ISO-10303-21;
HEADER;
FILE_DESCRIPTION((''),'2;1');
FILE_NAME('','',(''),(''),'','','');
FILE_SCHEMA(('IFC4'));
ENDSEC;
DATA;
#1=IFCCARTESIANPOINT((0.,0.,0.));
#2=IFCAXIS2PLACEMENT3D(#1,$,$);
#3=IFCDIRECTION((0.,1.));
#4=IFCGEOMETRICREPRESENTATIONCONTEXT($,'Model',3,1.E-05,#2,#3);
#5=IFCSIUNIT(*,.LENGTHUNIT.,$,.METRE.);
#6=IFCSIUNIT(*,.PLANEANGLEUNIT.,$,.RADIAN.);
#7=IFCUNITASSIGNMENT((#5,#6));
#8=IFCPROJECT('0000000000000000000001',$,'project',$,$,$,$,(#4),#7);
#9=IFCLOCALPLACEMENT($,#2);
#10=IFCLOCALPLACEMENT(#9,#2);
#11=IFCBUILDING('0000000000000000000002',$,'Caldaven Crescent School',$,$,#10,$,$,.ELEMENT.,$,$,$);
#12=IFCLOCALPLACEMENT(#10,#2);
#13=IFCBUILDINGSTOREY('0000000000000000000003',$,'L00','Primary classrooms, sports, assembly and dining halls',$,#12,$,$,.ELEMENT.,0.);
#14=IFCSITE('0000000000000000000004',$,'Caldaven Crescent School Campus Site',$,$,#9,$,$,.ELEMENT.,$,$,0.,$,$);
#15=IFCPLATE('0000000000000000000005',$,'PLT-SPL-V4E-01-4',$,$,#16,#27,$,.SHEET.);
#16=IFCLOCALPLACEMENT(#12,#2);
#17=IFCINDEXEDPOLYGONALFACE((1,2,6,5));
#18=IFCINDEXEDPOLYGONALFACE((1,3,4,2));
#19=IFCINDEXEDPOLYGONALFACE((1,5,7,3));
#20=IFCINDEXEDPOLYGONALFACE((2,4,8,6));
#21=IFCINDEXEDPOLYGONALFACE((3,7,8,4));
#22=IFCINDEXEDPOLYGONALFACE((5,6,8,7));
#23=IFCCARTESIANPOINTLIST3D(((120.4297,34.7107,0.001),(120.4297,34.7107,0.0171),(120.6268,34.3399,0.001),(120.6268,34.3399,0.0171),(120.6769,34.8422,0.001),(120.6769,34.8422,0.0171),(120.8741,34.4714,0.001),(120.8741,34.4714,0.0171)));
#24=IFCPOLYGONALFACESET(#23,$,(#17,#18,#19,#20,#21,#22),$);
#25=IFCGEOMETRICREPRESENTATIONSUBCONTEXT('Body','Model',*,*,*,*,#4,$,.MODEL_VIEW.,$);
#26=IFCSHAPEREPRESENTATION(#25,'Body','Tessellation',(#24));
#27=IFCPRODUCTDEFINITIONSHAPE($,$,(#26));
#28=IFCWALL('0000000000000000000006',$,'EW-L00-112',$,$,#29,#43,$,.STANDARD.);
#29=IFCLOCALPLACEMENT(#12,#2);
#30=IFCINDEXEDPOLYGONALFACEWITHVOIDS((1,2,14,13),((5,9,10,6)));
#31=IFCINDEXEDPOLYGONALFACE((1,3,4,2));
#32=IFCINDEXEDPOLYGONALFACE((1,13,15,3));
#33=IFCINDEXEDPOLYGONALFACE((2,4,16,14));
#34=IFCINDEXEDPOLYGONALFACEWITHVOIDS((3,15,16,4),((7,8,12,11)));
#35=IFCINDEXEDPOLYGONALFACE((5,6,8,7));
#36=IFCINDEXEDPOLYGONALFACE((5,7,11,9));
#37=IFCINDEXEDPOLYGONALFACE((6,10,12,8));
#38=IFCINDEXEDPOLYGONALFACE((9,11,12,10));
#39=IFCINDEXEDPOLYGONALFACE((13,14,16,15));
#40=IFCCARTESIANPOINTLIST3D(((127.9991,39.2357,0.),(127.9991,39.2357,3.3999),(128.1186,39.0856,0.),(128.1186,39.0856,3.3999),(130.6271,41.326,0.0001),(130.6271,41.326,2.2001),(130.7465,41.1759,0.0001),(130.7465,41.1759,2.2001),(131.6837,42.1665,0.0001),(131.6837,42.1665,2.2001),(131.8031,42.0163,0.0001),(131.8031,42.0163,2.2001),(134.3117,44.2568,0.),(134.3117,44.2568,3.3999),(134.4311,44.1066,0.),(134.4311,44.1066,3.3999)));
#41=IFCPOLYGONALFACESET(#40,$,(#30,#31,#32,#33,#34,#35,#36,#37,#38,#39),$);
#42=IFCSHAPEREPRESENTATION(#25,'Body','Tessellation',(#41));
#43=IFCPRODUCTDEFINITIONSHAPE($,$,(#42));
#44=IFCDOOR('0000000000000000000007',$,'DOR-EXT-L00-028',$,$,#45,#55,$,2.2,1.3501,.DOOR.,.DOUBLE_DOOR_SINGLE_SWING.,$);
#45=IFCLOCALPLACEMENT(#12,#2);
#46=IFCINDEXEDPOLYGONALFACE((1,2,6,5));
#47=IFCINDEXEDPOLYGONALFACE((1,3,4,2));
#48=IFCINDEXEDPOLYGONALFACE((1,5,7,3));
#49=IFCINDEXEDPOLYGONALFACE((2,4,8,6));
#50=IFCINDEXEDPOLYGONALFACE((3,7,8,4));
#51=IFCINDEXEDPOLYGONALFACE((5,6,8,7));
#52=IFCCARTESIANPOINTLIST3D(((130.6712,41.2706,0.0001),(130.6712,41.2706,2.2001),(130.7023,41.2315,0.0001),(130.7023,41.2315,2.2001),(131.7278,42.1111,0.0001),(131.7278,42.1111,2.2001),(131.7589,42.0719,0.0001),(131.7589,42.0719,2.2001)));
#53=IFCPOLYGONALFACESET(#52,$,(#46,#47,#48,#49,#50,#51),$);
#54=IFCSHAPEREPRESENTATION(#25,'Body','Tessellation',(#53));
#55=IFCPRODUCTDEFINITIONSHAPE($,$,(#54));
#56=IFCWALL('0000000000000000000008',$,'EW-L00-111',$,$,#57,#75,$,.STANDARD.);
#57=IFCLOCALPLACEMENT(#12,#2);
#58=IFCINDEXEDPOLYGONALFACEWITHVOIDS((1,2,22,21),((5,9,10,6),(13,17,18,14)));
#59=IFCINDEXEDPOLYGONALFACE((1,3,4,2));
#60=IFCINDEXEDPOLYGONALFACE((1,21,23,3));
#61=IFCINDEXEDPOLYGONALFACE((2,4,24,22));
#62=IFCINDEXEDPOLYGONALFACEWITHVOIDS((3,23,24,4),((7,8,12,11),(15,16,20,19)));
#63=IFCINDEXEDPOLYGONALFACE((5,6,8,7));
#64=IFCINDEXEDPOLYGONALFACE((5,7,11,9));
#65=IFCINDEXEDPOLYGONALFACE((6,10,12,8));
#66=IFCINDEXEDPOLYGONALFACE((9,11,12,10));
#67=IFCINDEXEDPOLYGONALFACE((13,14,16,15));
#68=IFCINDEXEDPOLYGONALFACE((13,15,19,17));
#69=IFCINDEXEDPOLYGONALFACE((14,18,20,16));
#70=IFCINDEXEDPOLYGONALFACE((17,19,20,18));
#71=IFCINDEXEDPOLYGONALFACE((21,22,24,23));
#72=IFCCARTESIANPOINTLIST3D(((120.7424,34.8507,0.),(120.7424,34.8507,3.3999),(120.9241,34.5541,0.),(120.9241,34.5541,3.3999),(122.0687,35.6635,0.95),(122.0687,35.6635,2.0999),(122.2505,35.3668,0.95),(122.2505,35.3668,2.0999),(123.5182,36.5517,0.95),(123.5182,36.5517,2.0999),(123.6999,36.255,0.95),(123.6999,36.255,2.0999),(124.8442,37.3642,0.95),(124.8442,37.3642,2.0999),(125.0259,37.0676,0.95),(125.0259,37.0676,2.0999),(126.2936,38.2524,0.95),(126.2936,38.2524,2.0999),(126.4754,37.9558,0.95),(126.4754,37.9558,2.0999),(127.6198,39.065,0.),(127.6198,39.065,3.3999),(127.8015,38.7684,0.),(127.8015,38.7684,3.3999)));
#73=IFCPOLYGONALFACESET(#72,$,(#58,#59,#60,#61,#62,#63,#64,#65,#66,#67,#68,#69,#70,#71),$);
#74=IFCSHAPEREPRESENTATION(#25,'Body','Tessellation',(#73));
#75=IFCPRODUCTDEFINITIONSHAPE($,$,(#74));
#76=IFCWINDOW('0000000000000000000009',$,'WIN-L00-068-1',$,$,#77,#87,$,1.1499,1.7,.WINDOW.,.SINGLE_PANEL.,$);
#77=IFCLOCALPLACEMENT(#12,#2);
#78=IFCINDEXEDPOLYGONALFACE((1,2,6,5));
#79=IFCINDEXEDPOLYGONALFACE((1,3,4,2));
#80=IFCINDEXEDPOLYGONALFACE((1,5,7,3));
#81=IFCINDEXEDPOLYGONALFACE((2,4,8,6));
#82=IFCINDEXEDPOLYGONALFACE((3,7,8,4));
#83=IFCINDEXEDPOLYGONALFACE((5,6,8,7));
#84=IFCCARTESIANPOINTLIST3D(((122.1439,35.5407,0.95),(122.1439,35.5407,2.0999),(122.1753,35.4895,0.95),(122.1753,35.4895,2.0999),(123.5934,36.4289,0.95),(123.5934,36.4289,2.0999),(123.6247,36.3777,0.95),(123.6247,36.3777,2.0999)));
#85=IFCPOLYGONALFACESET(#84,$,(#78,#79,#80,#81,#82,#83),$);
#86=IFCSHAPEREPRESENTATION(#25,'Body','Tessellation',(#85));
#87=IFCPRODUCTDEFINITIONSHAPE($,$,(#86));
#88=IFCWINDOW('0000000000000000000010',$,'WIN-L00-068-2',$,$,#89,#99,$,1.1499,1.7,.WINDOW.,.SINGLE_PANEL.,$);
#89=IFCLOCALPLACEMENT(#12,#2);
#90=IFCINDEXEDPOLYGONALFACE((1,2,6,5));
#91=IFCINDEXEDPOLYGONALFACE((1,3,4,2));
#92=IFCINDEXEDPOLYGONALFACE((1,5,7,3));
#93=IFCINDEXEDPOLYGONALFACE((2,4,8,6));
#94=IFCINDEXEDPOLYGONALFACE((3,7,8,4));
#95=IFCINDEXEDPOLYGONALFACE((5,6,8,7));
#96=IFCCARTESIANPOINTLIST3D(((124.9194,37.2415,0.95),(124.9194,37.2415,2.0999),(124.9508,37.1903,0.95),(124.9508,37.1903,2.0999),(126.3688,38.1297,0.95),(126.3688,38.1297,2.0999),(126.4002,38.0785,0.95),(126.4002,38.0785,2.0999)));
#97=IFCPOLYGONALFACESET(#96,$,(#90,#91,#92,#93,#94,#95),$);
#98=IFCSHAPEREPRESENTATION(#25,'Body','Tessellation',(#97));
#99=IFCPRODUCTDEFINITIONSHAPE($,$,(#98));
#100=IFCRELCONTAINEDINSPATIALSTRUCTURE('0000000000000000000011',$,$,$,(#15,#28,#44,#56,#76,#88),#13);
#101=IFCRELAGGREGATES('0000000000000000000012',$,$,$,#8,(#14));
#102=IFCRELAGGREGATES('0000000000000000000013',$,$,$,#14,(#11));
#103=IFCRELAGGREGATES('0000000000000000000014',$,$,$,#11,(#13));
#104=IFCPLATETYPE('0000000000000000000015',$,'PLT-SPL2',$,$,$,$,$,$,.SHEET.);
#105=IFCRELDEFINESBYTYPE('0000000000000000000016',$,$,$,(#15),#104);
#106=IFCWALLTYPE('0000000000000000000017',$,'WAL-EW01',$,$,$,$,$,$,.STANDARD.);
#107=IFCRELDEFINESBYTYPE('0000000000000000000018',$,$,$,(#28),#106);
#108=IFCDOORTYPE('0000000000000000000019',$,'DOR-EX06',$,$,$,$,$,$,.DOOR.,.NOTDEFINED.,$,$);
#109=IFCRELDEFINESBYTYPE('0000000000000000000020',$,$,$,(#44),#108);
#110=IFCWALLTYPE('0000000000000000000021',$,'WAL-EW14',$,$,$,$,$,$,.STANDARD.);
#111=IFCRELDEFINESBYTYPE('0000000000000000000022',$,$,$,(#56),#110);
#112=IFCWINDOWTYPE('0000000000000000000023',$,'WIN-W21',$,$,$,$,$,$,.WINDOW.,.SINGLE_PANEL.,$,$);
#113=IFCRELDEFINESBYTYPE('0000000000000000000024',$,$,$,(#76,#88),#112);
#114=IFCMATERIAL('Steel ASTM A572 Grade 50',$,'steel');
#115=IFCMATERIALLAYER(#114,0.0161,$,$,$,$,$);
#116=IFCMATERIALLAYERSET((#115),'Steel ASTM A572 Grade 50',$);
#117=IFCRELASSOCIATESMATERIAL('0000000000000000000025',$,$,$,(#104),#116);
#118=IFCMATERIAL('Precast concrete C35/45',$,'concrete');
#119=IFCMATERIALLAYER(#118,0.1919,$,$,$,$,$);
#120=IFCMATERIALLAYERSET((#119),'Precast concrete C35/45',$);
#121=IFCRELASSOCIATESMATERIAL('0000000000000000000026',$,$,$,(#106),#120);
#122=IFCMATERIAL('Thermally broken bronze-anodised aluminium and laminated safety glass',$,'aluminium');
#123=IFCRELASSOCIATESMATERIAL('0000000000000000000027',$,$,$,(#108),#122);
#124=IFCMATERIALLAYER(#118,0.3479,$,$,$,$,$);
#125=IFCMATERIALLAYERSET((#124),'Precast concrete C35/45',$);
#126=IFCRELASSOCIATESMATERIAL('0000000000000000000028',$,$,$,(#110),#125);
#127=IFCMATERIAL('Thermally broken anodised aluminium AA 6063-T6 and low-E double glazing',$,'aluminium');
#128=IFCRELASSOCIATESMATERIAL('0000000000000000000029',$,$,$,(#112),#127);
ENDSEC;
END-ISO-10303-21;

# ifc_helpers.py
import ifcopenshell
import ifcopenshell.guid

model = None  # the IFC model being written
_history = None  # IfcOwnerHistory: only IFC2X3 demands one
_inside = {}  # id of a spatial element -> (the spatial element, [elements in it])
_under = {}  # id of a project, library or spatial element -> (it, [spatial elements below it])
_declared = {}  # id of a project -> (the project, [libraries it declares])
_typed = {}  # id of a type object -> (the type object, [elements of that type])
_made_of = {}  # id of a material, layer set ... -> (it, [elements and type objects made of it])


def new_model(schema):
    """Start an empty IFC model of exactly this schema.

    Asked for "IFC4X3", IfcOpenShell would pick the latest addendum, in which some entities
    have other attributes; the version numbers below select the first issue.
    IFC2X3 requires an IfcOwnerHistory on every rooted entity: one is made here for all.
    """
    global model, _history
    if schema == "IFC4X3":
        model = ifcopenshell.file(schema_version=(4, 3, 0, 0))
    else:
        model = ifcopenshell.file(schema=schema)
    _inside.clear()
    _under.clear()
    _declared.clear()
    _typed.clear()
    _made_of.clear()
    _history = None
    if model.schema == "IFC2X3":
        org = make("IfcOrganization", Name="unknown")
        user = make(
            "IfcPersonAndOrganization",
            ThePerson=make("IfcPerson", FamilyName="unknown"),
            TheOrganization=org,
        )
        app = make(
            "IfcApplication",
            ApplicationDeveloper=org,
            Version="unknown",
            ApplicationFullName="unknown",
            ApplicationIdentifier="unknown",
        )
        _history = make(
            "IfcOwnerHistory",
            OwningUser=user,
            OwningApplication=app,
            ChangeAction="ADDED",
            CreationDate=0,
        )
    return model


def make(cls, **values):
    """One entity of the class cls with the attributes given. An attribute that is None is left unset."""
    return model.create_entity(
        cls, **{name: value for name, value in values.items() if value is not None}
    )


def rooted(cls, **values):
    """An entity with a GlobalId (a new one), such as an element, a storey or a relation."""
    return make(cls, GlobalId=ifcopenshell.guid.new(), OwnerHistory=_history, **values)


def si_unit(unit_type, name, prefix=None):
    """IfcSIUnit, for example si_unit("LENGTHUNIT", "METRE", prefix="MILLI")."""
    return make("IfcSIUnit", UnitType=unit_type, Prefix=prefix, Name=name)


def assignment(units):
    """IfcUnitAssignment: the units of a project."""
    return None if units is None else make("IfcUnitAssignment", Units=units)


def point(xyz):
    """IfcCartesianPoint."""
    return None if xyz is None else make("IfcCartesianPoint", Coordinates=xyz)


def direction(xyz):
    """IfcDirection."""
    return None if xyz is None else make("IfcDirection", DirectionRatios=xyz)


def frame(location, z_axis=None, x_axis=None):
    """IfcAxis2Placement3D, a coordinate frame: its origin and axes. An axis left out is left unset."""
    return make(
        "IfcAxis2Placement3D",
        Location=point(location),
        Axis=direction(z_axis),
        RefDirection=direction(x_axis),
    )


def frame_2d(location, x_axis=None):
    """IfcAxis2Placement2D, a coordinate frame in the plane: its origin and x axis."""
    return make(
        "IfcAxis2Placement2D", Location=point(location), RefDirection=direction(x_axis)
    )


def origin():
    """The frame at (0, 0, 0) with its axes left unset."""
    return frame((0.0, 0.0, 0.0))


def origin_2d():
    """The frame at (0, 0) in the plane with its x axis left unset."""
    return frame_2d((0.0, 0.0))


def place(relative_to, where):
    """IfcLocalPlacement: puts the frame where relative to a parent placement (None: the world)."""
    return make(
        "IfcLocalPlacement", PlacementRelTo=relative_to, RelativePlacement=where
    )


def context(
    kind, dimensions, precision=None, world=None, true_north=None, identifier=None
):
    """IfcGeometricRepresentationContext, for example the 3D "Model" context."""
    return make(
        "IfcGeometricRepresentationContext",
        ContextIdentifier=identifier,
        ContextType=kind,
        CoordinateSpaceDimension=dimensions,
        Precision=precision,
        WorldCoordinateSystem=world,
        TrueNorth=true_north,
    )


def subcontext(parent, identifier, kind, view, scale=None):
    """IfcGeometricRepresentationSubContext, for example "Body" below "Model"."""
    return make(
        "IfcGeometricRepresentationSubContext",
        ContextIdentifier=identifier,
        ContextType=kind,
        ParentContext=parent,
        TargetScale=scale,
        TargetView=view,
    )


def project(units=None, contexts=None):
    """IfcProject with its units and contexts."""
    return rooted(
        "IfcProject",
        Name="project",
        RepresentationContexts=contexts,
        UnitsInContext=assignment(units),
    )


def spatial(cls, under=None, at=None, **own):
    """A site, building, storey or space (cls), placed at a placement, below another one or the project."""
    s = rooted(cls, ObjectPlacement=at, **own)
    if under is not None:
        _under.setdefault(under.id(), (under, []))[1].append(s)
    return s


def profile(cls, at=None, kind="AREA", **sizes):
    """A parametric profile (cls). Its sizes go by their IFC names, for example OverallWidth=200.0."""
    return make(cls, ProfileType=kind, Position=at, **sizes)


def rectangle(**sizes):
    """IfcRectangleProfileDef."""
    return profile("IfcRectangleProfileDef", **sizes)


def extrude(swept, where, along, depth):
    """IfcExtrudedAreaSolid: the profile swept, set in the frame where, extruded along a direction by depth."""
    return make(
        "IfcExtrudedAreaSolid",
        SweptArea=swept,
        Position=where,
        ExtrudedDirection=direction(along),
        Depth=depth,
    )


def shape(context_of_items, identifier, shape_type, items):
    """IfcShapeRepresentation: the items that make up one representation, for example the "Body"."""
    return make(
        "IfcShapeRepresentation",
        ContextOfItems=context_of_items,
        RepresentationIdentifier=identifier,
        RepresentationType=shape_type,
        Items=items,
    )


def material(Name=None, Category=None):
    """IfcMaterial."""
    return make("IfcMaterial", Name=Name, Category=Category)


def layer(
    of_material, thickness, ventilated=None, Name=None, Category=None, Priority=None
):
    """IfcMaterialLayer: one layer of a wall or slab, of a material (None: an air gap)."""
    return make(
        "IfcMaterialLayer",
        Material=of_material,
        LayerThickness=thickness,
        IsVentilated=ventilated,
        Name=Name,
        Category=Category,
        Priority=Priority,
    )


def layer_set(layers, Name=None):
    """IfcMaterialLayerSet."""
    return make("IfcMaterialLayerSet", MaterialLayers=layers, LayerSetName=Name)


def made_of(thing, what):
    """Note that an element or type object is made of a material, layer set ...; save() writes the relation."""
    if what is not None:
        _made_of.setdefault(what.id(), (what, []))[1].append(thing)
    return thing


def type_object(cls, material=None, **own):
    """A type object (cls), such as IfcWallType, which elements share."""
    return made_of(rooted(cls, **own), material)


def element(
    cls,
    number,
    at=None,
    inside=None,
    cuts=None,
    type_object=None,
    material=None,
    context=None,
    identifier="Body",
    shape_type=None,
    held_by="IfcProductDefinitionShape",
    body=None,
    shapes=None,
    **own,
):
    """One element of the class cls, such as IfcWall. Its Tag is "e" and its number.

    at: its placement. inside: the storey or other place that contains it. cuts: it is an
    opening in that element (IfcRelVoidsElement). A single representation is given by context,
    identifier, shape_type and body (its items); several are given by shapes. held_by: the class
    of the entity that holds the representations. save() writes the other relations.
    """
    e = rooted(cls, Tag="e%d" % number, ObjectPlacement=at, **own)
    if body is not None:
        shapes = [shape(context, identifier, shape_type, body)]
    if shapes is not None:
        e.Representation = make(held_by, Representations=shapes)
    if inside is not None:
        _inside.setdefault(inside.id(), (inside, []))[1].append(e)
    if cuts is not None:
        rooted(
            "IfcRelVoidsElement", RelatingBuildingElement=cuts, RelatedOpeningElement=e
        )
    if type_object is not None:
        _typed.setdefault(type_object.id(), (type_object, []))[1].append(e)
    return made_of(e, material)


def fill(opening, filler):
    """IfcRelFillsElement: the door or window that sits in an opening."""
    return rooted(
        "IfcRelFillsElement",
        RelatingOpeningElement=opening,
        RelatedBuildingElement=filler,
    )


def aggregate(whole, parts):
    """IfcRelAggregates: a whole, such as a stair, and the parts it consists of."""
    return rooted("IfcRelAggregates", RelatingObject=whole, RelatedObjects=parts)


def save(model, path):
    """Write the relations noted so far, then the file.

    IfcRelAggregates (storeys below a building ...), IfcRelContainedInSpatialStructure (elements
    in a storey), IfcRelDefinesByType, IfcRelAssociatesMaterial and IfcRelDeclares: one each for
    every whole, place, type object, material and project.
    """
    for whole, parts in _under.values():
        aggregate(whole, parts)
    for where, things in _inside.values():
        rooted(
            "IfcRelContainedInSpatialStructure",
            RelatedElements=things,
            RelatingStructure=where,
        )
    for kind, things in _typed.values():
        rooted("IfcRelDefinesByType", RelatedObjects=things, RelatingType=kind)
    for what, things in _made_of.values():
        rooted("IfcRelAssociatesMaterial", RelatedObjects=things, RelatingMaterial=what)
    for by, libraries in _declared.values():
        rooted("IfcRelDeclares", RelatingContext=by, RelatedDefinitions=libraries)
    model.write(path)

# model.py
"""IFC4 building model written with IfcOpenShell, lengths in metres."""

from ifc_helpers import new_model, si_unit, direction, frame, frame_2d, origin, origin_2d, place, context, subcontext, project, spatial, rectangle, extrude, material, layer, layer_set, type_object, element, fill, save


model = new_model("IFC4")

# Units and contexts
model_context = context("Model", 3, precision=1e-05, world=origin(), true_north=direction((0.0, 1.0)))
body_context = subcontext(model_context, "Body", "Model", "MODEL_VIEW")
ifc_project = project(units=[si_unit("LENGTHUNIT", "METRE"), si_unit("PLANEANGLEUNIT", "RADIAN")], contexts=[model_context])

# Site, building, storey
site_placement = place(None, origin())
site = spatial("IfcSite", under=ifc_project, at=site_placement, Name="Caldaven Crescent School Campus Site", CompositionType="ELEMENT", RefElevation=0.0)
building_placement = place(site_placement, origin())
building = spatial("IfcBuilding", under=site, at=building_placement, Name="Caldaven Crescent School", CompositionType="ELEMENT")
storey_placement = place(building_placement, origin())
storey = spatial("IfcBuildingStorey", under=building, at=storey_placement, Name="L00", Description="Primary classrooms, sports, assembly and dining halls", CompositionType="ELEMENT", Elevation=0.0)

# Plate
ifc_material_1 = material(Name="Steel ASTM A572 Grade 50", Category="steel")
ifc_layer_1 = layer(ifc_material_1, 0.0161)
ifc_layer_set_1 = layer_set([ifc_layer_1], Name="Steel ASTM A572 Grade 50")
plate_type_1 = type_object("IfcPlateType", Name="PLT-SPL2", PredefinedType="SHEET", material=ifc_layer_set_1)
plate_1_placement = place(storey_placement, frame((120.6519, 34.5911, 0.001), z_axis=(0.0, 0.0, 1.0), x_axis=(0.469472, -0.882948, 0.0)))
element("IfcPlate", 1, at=plate_1_placement, inside=storey, type_object=plate_type_1, Name="PLT-SPL-V4E-01-4", PredefinedType="SHEET", context=body_context, shape_type="SweptSolid", body=[
    extrude(rectangle(XDim=0.4199, YDim=0.28, at=origin_2d()), origin(), (0.0, 0.0, 1.0), 0.0161),
])

# Wall, opening, door
ifc_material_2 = material(Name="Precast concrete C35/45", Category="concrete")
ifc_layer_2 = layer(ifc_material_2, 0.1919)
ifc_layer_set_2 = layer_set([ifc_layer_2], Name="Precast concrete C35/45")
wall_type_1 = type_object("IfcWallType", Name="WAL-EW01", PredefinedType="STANDARD", material=ifc_layer_set_2)
wall_1_placement = place(storey_placement, frame((128.0588, 39.1606, 0.0), z_axis=(0.0, 0.0, 1.0), x_axis=(0.78262, 0.6225, 0.0)))
wall_1 = element("IfcWall", 2, at=wall_1_placement, inside=storey, type_object=wall_type_1, Name="EW-L00-112", PredefinedType="STANDARD", context=body_context, shape_type="SweptSolid", body=[
    extrude(rectangle(XDim=8.0659, YDim=0.1919, at=frame_2d((4.033, 0.0))), origin(), (0.0, 0.0, 1.0), 3.3999),
])
opening_1_placement = place(wall_1_placement, frame((3.3579, 0.0, 0.0)))
opening_1 = element("IfcOpeningElement", 3, at=opening_1_placement, cuts=wall_1, PredefinedType="OPENING", context=body_context, shape_type="SweptSolid", body=[
    extrude(rectangle(XDim=1.3501, YDim=2.2, at=frame_2d((0.675, 1.1001))), frame((0.0, 0.106, 0.0), z_axis=(0.0, -1.0, 0.0), x_axis=(1.0, 0.0, 0.0)), (0.0, 0.0, 1.0), 0.2119),
])
ifc_material_3 = material(Name="Thermally broken bronze-anodised aluminium and laminated safety glass", Category="aluminium")
door_type = type_object("IfcDoorType", Name="DOR-EX06", OperationType="NOTDEFINED", PredefinedType="DOOR", material=ifc_material_3)
door_placement = place(opening_1_placement, frame((1.3501, 0.0, 0.0), z_axis=(0.0, 0.0, 1.0), x_axis=(-1.0, 0.0, 0.0)))
door = element("IfcDoor", 4, at=door_placement, inside=storey, type_object=door_type, Name="DOR-EXT-L00-028", OperationType="DOUBLE_DOOR_SINGLE_SWING", OverallHeight=2.2, OverallWidth=1.3501, PredefinedType="DOOR", context=body_context, shape_type="SweptSolid", body=[
    extrude(rectangle(XDim=1.3501, YDim=2.2, at=frame_2d((0.675, 1.1001))), frame((0.0, 0.0249, 0.0), z_axis=(0.0, -1.0, 0.0), x_axis=(1.0, 0.0, 0.0)), (0.0, 0.0, 1.0), 0.05),
])
fill(opening_1, door)

# Wall, openings, windows
ifc_layer_3 = layer(ifc_material_2, 0.3479)
ifc_layer_set_3 = layer_set([ifc_layer_3], Name="Precast concrete C35/45")
wall_type_2 = type_object("IfcWallType", Name="WAL-EW14", PredefinedType="STANDARD", material=ifc_layer_set_3)
wall_2_placement = place(storey_placement, frame((120.8333, 34.7024, 0.0), z_axis=(0.0, 0.0, 1.0), x_axis=(0.852648, 0.522485, 0.0)))
wall_2 = element("IfcWall", 5, at=wall_2_placement, inside=storey, type_object=wall_type_2, Name="EW-L00-111", PredefinedType="STANDARD", context=body_context, shape_type="SweptSolid", body=[
    extrude(rectangle(XDim=8.0659, YDim=0.3479, at=frame_2d((4.033, 0.0))), origin(), (0.0, 0.0, 1.0), 3.3999),
])
opening_2_placement = place(wall_2_placement, frame((1.5554, 0.0, 0.95)))
opening_2 = element("IfcOpeningElement", 6, at=opening_2_placement, cuts=wall_2, PredefinedType="OPENING", context=body_context, shape_type="SweptSolid", body=[
    extrude(rectangle(XDim=1.7, YDim=1.1499, at=frame_2d((0.8501, 0.575))), frame((0.0, 0.1838, 0.0), z_axis=(0.0, -1.0, 0.0), x_axis=(1.0, 0.0, 0.0)), (0.0, 0.0, 1.0), 0.3679),
])
opening_3_placement = place(wall_2_placement, frame((4.8105, 0.0, 0.95)))
opening_3 = element("IfcOpeningElement", 7, at=opening_3_placement, cuts=wall_2, PredefinedType="OPENING", context=body_context, shape_type="SweptSolid", body=[
    extrude(rectangle(XDim=1.7, YDim=1.1499, at=frame_2d((0.8501, 0.575))), frame((0.0, 0.1838, 0.0), z_axis=(0.0, -1.0, 0.0), x_axis=(1.0, 0.0, 0.0)), (0.0, 0.0, 1.0), 0.3679),
])
ifc_material_4 = material(Name="Thermally broken anodised aluminium AA 6063-T6 and low-E double glazing", Category="aluminium")
window_type = type_object("IfcWindowType", Name="WIN-W21", PartitioningType="SINGLE_PANEL", PredefinedType="WINDOW", material=ifc_material_4)
window_1_placement = place(opening_2_placement, origin())
window_1 = element("IfcWindow", 8, at=window_1_placement, inside=storey, type_object=window_type, Name="WIN-L00-068-1", OverallHeight=1.1499, OverallWidth=1.7, PartitioningType="SINGLE_PANEL", PredefinedType="WINDOW", context=body_context, shape_type="SweptSolid", body=[
    extrude(rectangle(XDim=1.7, YDim=1.1499, at=frame_2d((0.8501, 0.575))), frame((0.0, 0.03, 0.0), z_axis=(0.0, -1.0, 0.0), x_axis=(1.0, 0.0, 0.0)), (0.0, 0.0, 1.0), 0.0601),
])
fill(opening_2, window_1)
window_2_placement = place(opening_3_placement, origin())
window_2 = element("IfcWindow", 9, at=window_2_placement, inside=storey, type_object=window_type, Name="WIN-L00-068-2", OverallHeight=1.1499, OverallWidth=1.7, PartitioningType="SINGLE_PANEL", PredefinedType="WINDOW", context=body_context, shape_type="SweptSolid", body=[
    extrude(rectangle(XDim=1.7, YDim=1.1499, at=frame_2d((0.8501, 0.575))), frame((0.0, 0.03, 0.0), z_axis=(0.0, -1.0, 0.0), x_axis=(1.0, 0.0, 0.0)), (0.0, 0.0, 1.0), 0.0601),
])
fill(opening_3, window_2)

save(model, "model.ifc")
